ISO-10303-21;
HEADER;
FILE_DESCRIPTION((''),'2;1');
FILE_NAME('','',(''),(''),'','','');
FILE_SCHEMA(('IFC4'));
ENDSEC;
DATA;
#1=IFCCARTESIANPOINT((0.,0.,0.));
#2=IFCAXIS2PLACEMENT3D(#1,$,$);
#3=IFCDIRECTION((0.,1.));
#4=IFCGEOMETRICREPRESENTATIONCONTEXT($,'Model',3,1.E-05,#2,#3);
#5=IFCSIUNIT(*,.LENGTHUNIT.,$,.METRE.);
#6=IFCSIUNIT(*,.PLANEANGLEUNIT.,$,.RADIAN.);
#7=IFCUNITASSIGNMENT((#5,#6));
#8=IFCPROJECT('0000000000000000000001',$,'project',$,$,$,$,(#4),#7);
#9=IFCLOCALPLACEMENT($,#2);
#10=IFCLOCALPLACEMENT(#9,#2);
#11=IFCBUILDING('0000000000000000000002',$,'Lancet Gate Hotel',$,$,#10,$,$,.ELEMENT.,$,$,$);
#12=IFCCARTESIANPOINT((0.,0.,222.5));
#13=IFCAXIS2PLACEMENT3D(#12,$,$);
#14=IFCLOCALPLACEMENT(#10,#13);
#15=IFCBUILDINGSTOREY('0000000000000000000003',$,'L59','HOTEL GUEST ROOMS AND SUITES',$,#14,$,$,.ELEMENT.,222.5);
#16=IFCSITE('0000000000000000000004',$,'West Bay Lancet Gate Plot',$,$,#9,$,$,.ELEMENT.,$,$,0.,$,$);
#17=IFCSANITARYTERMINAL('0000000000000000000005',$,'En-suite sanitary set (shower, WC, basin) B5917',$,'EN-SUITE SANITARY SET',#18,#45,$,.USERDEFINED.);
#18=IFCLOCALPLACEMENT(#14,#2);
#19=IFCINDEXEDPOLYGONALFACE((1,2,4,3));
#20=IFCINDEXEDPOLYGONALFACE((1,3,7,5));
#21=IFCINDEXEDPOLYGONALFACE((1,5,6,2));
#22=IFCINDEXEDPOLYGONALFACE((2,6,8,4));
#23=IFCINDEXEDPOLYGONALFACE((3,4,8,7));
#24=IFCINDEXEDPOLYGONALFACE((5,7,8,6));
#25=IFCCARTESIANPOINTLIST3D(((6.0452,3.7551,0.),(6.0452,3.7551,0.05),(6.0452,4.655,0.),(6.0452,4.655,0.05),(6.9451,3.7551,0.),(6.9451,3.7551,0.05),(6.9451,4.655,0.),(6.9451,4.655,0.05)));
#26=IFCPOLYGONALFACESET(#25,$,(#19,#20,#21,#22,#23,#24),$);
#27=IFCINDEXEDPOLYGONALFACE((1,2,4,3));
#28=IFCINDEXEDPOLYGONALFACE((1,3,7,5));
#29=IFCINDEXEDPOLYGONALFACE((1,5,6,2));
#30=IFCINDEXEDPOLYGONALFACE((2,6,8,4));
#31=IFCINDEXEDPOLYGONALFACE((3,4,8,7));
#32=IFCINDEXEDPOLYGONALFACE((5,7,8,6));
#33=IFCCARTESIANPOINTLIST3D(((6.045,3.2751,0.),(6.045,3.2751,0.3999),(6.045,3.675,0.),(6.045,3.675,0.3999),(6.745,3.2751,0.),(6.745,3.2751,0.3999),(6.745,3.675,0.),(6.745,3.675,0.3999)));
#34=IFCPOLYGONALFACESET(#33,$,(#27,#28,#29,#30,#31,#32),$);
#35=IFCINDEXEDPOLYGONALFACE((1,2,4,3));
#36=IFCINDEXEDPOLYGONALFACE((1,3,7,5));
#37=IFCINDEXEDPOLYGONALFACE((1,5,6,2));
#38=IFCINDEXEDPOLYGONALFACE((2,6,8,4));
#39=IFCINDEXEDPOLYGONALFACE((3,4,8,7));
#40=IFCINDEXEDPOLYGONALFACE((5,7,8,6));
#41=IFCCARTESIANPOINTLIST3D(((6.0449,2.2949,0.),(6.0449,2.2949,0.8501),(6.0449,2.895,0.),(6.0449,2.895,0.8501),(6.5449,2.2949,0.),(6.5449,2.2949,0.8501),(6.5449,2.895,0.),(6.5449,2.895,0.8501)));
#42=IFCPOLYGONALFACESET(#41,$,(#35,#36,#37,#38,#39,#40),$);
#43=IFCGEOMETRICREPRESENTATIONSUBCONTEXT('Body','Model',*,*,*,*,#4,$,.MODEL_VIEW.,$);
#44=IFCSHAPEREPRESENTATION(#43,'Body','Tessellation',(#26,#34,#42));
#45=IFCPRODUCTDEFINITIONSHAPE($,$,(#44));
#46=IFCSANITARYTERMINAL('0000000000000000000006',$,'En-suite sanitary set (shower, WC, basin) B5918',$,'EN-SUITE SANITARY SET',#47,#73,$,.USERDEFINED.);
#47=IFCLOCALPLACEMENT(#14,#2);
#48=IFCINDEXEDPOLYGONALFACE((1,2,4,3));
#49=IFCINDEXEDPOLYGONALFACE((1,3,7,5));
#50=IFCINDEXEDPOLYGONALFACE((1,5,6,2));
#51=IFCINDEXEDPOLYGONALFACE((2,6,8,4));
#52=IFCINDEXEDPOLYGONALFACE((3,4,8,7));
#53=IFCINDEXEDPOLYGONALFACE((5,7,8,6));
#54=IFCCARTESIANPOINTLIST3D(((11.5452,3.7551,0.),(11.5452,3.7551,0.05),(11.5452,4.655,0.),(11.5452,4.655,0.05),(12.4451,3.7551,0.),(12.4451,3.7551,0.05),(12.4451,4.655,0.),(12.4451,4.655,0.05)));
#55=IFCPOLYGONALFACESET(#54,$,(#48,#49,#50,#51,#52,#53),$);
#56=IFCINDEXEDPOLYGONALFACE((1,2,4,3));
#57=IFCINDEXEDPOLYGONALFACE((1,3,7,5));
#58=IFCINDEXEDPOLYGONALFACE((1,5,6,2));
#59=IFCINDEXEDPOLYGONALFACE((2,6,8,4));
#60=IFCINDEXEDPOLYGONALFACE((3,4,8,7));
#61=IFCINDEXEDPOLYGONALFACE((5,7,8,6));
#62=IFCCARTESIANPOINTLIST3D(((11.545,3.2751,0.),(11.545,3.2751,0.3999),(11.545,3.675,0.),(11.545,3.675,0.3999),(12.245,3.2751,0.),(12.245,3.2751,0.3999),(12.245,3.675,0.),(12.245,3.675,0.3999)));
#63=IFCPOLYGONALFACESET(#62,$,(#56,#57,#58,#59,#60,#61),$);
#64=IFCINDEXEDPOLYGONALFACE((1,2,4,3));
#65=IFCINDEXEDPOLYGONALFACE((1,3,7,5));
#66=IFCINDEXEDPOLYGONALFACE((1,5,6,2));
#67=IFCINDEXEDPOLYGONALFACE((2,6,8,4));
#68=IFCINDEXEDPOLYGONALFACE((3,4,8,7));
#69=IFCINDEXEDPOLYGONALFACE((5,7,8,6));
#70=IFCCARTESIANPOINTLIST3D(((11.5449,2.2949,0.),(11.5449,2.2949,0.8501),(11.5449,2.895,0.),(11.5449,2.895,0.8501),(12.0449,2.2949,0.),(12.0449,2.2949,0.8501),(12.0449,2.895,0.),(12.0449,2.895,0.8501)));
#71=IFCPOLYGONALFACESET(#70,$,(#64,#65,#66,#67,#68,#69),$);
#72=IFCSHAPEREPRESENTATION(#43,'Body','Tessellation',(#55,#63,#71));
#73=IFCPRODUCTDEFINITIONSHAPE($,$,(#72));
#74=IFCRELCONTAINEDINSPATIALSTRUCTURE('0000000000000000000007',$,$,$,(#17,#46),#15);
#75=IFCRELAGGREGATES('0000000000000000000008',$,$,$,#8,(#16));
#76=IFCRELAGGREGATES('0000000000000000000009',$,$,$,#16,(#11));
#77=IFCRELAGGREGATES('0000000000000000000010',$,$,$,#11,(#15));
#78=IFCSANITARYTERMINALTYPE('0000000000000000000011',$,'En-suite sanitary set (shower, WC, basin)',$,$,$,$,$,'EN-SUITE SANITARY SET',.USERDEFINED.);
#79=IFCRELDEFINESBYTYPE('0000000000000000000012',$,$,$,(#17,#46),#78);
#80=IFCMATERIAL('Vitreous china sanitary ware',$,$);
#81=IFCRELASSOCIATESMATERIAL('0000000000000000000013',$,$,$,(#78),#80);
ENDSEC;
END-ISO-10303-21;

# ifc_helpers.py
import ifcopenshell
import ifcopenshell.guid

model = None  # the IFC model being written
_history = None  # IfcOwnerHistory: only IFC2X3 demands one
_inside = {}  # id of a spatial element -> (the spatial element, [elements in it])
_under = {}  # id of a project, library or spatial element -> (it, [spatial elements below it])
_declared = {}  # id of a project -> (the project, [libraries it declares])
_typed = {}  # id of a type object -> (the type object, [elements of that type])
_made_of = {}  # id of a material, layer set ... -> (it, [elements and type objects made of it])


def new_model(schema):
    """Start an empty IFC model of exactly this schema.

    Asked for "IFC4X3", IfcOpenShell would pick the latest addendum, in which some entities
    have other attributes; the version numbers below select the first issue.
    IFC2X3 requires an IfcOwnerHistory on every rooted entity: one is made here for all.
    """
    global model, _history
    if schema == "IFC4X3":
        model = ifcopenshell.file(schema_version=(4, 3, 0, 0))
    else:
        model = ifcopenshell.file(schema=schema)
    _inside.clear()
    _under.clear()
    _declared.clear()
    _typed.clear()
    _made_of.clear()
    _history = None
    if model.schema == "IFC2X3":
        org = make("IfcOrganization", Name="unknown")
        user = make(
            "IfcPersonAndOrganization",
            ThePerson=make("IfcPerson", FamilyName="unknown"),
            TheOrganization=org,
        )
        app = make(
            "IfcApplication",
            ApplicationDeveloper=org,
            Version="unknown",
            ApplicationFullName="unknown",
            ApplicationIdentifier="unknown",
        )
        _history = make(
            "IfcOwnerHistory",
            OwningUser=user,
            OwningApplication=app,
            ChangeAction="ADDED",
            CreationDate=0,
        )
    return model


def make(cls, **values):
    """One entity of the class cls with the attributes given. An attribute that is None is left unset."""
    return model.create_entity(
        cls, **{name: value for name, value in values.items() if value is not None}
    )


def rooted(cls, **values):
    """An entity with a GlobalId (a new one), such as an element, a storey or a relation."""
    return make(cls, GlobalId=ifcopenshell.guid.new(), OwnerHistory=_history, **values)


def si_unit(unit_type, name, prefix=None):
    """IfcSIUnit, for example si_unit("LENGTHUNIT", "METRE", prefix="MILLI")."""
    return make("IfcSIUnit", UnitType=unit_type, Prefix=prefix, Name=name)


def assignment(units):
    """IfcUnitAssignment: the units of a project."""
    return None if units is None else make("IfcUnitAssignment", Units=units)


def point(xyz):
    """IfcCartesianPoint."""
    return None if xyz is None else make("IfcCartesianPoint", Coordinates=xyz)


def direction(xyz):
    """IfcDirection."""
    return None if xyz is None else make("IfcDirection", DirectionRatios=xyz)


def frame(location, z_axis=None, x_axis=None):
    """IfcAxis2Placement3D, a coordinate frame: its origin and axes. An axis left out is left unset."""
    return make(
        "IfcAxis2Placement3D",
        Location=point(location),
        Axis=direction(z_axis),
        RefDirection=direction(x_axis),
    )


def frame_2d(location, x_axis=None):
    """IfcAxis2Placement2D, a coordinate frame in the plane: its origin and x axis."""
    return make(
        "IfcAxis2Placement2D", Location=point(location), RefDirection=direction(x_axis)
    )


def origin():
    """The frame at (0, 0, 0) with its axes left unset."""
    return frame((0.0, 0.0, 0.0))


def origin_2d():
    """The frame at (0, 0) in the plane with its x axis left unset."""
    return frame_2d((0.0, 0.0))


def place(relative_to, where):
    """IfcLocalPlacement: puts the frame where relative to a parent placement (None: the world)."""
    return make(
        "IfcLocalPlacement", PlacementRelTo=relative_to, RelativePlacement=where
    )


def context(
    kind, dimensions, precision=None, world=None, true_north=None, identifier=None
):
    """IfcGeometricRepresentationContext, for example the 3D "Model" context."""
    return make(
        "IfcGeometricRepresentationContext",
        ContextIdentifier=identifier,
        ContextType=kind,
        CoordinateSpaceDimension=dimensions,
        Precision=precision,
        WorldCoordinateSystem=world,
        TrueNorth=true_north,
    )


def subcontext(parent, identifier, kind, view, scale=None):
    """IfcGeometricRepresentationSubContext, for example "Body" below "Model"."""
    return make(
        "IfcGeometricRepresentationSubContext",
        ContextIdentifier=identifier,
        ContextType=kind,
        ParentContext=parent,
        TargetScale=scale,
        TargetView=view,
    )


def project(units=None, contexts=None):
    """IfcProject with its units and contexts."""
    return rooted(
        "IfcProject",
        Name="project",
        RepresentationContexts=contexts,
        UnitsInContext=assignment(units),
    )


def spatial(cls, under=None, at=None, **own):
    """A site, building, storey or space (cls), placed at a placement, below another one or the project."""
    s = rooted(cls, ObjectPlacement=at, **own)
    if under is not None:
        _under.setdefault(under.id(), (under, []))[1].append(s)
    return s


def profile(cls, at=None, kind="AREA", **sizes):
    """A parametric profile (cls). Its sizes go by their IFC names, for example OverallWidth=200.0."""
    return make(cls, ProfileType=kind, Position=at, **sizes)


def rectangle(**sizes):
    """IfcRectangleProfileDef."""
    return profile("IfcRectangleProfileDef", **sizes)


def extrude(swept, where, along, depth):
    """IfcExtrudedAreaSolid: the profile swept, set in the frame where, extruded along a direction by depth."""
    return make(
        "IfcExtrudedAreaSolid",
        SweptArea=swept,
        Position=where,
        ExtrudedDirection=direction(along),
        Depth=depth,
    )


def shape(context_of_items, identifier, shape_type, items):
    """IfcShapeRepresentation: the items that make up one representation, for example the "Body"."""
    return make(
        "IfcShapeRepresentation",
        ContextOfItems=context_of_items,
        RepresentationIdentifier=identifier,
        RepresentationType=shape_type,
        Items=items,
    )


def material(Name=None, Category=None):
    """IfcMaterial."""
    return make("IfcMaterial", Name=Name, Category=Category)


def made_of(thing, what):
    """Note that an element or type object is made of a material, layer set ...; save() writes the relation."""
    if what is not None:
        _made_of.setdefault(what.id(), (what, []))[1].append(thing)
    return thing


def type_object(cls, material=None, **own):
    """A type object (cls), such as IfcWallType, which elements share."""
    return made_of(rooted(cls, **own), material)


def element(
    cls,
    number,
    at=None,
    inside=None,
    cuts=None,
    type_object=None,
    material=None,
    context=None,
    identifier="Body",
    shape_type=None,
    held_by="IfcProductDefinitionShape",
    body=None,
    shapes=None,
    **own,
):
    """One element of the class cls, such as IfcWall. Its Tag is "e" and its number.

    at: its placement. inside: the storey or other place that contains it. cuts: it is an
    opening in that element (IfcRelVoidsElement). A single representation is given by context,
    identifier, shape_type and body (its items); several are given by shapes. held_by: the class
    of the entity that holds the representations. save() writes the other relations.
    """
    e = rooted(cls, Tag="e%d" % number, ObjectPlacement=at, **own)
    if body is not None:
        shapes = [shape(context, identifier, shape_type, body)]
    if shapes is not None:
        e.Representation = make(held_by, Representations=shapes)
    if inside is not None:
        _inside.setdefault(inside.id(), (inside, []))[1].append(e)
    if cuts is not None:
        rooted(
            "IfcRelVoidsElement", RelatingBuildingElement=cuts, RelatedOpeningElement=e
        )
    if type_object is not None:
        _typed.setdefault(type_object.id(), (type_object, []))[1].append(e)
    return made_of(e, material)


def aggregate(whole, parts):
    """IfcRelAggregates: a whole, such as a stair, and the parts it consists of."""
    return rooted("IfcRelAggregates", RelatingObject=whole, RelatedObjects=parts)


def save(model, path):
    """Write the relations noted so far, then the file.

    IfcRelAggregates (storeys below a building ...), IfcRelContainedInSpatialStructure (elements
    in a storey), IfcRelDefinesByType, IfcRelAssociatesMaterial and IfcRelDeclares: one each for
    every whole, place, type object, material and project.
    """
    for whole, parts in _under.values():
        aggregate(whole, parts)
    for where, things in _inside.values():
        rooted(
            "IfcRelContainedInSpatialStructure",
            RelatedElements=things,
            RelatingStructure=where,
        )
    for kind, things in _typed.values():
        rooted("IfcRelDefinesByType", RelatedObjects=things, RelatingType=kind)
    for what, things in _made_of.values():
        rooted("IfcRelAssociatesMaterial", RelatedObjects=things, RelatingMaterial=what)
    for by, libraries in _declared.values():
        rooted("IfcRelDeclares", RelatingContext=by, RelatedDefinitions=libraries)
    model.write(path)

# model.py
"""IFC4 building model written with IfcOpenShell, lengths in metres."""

from ifc_helpers import new_model, si_unit, direction, frame, origin, origin_2d, place, context, subcontext, project, spatial, rectangle, extrude, material, type_object, element, save


model = new_model("IFC4")

# Units and contexts
model_context = context("Model", 3, precision=1e-05, world=origin(), true_north=direction((0.0, 1.0)))
body_context = subcontext(model_context, "Body", "Model", "MODEL_VIEW")
ifc_project = project(units=[si_unit("LENGTHUNIT", "METRE"), si_unit("PLANEANGLEUNIT", "RADIAN")], contexts=[model_context])

# Site, building, storey
site_placement = place(None, origin())
site = spatial("IfcSite", under=ifc_project, at=site_placement, Name="West Bay Lancet Gate Plot", CompositionType="ELEMENT", RefElevation=0.0)
building_placement = place(site_placement, origin())
building = spatial("IfcBuilding", under=site, at=building_placement, Name="Lancet Gate Hotel", CompositionType="ELEMENT")
storey_placement = place(building_placement, frame((0.0, 0.0, 222.5)))
storey = spatial("IfcBuildingStorey", under=building, at=storey_placement, Name="L59", Description="HOTEL GUEST ROOMS AND SUITES", CompositionType="ELEMENT", Elevation=222.5)

# Sanitary terminals
ifc_material_1 = material(Name="Vitreous china sanitary ware")
sanitary_terminal_type = type_object("IfcSanitaryTerminalType", Name="En-suite sanitary set (shower, WC, basin)", ElementType="EN-SUITE SANITARY SET", PredefinedType="USERDEFINED", material=ifc_material_1)
for number, where, z_axis, x_axis, name in (
    (1, (6.4951, 4.2051, 0.0), (0.0, 0.0, 1.0), (1.0, 0.0, 0.0), "En-suite sanitary set (shower, WC, basin) B5917"),
    (2, (11.9951, 4.2051, 0.0), (0.0, 0.0, 1.0), (1.0, 0.0, 0.0), "En-suite sanitary set (shower, WC, basin) B5918"),
):
    element("IfcSanitaryTerminal", number, at=place(storey_placement, frame(where, z_axis=z_axis, x_axis=x_axis)), inside=storey, type_object=sanitary_terminal_type, Name=name, ObjectType="EN-SUITE SANITARY SET", PredefinedType="USERDEFINED", context=body_context, shape_type="SweptSolid", body=[
        extrude(rectangle(XDim=0.8999, YDim=0.8999, at=origin_2d()), frame((0.0, 0.0, 0.0), z_axis=(0.0, 0.0, 1.0), x_axis=(0.0, 1.0, 0.0)), (0.0, 0.0, 1.0), 0.05),
        extrude(rectangle(XDim=0.3999, YDim=0.7, at=origin_2d()), frame((-0.1001, -0.73, 0.0), z_axis=(0.0, 0.0, 1.0), x_axis=(0.0, 1.0, 0.0)), (0.0, 0.0, 1.0), 0.3999),
        extrude(rectangle(XDim=0.6001, YDim=0.5, at=origin_2d()), frame((-0.2002, -1.6101, 0.0), z_axis=(0.0, 0.0, 1.0), x_axis=(0.0, 1.0, 0.0)), (0.0, 0.0, 1.0), 0.8501),
    ])

save(model, "model.ifc")
